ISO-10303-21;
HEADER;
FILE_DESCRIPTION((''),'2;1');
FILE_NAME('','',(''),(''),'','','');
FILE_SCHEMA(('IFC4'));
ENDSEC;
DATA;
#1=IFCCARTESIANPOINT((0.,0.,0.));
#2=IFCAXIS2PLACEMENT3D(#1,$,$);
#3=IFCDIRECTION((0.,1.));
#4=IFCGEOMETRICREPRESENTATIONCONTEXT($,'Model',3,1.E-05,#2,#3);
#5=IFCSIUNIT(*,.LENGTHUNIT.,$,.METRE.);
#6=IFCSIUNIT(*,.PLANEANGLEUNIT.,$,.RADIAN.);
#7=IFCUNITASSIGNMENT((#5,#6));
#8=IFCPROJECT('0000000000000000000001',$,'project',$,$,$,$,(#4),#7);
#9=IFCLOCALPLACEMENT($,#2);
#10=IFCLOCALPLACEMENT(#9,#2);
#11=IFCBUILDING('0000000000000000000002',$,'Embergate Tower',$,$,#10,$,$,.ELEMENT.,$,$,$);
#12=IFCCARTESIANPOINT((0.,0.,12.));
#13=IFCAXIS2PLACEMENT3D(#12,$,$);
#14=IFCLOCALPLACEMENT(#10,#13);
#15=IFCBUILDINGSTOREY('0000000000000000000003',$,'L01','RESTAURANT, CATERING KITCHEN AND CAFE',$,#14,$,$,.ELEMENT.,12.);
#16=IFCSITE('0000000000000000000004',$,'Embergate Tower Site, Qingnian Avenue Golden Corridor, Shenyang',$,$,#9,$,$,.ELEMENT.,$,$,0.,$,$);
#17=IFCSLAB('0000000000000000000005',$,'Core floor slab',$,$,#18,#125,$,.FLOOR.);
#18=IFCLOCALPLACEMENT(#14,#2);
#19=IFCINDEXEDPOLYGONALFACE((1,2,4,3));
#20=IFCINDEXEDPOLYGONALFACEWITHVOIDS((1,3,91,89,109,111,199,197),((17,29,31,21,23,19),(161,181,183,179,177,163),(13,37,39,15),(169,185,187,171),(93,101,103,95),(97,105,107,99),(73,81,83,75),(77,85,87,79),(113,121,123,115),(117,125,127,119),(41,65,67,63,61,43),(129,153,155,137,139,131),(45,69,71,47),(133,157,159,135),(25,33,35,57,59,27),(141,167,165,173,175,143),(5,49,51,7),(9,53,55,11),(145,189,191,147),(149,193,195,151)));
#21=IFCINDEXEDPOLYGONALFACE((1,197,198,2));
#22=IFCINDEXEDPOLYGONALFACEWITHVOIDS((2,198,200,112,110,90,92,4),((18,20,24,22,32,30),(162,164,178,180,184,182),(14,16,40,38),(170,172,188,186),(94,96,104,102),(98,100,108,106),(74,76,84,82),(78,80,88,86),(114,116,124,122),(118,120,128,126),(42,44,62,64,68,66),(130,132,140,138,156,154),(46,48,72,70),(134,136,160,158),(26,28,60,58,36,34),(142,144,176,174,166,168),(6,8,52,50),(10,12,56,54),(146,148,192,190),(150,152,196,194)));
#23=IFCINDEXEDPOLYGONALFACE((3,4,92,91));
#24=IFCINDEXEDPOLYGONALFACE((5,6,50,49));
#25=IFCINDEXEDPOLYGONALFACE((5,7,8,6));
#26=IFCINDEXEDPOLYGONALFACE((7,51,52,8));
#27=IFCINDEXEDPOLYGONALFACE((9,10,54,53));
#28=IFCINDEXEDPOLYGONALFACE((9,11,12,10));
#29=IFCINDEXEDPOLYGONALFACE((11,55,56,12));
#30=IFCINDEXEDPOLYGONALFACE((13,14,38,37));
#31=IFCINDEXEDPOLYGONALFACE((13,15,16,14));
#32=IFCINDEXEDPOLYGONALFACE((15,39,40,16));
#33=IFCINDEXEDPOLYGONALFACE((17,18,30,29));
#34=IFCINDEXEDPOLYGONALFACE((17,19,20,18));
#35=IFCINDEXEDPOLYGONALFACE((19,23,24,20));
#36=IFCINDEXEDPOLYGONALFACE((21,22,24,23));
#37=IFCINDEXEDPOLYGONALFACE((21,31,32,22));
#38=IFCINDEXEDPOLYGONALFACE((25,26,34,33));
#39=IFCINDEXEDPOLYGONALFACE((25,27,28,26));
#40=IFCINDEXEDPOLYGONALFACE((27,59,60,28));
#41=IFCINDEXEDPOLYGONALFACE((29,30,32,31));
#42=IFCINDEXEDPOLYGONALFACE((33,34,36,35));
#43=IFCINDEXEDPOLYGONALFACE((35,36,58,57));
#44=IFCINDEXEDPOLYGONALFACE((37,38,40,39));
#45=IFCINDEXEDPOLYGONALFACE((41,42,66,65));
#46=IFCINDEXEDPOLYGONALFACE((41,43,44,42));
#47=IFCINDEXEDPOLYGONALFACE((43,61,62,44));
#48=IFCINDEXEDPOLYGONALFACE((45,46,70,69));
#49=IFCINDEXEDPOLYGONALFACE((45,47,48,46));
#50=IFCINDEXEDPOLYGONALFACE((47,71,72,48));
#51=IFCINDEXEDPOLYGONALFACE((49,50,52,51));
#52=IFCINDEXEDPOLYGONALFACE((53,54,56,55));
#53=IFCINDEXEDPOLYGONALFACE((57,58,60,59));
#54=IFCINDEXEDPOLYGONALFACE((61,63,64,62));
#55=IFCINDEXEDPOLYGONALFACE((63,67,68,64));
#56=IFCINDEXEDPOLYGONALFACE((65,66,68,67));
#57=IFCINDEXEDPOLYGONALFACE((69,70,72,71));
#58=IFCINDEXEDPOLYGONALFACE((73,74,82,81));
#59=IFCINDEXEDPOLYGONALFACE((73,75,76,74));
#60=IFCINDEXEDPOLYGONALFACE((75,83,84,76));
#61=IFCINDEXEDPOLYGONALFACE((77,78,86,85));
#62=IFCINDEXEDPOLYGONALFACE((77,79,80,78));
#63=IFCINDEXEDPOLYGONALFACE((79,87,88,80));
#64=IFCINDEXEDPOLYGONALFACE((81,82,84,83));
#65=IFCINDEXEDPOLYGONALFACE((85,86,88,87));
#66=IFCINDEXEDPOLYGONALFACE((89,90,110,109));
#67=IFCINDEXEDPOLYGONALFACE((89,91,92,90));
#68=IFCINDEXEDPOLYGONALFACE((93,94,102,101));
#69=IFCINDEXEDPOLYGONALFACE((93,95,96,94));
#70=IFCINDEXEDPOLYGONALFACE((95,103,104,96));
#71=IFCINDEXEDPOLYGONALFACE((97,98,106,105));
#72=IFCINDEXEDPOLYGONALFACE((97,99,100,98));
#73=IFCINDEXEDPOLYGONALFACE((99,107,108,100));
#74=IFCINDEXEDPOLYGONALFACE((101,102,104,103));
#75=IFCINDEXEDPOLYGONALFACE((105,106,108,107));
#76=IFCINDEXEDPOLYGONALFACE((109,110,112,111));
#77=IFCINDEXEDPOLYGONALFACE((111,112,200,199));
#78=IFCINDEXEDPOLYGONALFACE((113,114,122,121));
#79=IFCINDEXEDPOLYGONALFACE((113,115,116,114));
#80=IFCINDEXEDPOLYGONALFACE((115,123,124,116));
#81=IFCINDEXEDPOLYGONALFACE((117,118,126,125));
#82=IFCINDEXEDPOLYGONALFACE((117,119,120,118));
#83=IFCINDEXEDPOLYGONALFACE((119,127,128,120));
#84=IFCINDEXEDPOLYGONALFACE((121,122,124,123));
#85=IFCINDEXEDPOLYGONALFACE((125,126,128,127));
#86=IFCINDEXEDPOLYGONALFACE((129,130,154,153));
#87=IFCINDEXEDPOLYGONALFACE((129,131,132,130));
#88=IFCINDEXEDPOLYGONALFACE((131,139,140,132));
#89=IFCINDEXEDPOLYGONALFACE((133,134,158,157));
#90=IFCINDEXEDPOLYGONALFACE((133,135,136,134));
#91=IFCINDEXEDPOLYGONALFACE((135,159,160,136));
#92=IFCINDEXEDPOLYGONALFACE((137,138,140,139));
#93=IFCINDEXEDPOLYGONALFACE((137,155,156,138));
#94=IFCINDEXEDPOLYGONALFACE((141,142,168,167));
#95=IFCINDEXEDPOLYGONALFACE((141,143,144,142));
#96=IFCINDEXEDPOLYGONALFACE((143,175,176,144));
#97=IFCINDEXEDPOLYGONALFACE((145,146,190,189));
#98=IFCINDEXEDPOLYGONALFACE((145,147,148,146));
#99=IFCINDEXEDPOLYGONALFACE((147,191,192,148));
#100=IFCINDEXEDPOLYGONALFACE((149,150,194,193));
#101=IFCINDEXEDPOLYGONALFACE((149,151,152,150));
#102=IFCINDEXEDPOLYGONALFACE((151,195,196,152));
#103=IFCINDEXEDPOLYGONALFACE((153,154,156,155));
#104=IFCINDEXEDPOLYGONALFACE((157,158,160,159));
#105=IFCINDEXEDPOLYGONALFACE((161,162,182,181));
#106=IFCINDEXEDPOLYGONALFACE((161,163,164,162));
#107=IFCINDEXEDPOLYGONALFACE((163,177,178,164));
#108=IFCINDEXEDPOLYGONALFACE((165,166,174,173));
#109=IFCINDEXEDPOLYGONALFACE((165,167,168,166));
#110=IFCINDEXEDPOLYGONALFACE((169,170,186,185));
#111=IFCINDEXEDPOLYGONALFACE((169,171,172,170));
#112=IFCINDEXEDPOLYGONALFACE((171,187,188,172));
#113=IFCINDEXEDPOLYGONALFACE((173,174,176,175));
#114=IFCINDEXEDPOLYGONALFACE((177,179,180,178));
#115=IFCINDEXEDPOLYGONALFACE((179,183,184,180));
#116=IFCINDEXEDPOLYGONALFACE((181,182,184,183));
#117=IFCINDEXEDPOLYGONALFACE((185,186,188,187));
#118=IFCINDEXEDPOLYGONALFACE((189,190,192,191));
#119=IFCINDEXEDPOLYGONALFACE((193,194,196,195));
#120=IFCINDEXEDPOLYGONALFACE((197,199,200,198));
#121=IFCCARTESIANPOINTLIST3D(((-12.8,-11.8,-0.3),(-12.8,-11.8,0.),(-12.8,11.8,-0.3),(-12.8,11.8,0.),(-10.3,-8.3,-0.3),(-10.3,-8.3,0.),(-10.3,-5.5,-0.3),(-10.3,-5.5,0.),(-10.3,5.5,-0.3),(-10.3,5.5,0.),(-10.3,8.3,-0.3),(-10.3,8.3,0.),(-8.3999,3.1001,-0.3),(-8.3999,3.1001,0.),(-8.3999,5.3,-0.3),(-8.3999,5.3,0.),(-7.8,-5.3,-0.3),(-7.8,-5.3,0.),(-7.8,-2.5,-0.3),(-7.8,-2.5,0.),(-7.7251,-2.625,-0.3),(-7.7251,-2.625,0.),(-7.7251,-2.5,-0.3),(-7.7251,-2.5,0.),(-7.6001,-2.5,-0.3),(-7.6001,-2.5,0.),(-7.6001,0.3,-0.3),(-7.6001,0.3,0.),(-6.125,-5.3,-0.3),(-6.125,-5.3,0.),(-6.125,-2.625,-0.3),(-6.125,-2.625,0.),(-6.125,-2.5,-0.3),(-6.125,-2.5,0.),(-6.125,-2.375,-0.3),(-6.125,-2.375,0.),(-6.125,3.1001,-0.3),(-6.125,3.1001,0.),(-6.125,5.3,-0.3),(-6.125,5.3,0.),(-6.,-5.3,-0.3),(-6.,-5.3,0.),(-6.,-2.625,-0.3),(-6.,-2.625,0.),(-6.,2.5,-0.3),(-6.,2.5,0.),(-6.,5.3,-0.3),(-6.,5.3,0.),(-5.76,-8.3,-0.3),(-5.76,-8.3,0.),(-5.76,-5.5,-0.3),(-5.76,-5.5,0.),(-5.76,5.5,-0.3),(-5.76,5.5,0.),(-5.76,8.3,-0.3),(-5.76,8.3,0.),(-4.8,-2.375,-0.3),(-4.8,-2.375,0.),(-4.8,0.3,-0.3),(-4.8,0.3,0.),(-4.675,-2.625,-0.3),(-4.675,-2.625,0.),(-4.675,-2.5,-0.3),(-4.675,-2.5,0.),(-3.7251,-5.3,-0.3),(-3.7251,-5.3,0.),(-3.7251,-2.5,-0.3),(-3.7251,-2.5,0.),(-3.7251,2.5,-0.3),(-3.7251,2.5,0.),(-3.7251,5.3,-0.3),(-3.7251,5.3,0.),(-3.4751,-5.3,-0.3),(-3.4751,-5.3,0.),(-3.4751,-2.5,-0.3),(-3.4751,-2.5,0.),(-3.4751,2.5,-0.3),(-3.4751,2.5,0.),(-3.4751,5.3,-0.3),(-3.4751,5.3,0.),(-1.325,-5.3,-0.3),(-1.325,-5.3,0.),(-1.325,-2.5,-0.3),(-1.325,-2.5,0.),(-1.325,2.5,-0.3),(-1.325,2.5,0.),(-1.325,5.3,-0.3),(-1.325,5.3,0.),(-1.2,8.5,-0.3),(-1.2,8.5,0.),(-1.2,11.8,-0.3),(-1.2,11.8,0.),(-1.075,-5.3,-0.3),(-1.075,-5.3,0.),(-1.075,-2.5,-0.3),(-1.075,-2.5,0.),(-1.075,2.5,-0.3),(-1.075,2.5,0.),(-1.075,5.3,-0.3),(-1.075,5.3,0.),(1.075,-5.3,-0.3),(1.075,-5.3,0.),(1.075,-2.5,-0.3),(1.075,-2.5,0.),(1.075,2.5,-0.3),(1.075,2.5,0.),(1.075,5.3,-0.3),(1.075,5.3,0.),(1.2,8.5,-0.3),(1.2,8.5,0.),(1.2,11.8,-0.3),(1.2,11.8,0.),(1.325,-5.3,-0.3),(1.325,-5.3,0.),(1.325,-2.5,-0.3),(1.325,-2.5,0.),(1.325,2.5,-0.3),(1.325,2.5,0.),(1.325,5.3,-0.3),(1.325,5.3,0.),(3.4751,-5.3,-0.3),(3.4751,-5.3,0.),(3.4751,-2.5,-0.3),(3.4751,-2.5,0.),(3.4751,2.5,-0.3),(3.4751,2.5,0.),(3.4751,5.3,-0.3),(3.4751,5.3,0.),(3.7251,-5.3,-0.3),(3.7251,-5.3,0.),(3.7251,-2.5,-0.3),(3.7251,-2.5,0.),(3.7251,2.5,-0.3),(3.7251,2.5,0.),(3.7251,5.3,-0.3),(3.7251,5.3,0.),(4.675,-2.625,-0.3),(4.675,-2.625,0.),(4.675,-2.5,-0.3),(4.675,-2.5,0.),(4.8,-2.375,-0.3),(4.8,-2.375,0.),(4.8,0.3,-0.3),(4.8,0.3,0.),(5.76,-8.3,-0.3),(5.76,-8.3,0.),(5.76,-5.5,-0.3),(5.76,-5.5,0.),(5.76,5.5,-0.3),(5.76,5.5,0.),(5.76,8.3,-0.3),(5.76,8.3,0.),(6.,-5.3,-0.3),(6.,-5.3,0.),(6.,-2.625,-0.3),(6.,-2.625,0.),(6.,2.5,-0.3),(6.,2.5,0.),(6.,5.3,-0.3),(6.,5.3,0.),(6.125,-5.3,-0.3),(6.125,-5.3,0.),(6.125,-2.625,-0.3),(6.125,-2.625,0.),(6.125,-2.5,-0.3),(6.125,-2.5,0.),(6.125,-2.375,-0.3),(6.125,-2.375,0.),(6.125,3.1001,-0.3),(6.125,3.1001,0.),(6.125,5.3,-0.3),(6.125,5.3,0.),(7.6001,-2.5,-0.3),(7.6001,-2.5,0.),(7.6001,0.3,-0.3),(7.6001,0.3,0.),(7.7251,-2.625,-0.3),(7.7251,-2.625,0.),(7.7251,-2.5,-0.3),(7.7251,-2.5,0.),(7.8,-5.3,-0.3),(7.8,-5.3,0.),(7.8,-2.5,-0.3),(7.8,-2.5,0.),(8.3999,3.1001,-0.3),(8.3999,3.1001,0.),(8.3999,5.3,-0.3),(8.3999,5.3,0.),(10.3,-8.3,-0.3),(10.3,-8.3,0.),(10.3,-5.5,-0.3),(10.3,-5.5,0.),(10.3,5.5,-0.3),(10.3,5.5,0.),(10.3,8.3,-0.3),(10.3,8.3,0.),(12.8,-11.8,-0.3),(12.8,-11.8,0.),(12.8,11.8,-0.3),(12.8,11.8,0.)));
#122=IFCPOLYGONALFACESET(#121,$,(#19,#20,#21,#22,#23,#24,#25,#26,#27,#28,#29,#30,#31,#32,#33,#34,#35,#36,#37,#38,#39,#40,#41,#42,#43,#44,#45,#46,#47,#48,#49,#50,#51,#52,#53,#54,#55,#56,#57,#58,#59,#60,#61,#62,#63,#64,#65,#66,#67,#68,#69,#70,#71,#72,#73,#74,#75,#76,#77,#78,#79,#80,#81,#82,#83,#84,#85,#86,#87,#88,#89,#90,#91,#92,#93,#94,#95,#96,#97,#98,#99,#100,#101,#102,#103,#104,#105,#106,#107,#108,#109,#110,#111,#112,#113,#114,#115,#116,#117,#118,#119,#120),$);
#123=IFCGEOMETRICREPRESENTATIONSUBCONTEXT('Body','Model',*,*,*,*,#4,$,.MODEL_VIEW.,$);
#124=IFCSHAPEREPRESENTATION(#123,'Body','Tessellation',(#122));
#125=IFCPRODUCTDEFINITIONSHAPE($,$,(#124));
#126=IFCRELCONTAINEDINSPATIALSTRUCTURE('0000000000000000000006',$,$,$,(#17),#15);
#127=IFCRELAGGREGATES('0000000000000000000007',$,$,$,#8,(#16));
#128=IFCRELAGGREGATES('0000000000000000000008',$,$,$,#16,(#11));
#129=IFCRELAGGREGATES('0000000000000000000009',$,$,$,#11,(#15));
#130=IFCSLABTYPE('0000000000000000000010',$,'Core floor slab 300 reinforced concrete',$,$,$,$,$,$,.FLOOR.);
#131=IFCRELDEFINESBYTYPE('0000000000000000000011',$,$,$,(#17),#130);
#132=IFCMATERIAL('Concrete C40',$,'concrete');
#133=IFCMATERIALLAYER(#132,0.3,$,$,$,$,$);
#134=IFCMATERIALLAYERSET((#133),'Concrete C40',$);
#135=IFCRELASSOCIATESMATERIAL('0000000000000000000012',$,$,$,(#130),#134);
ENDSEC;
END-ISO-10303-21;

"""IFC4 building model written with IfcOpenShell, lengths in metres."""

from ifc_helpers import new_model, si_unit, direction, frame, origin, place, context, subcontext, project, spatial, polyline, outline, extrude, source, transform, mapped, material, layer, layer_set, type_object, element, save


model = new_model("IFC4")

# Units and contexts
model_context = context("Model", 3, precision=1e-05, world=origin(), true_north=direction((0.0, 1.0)))
body_context = subcontext(model_context, "Body", "Model", "MODEL_VIEW")
ifc_project = project(units=[si_unit("LENGTHUNIT", "METRE"), si_unit("PLANEANGLEUNIT", "RADIAN")], contexts=[model_context])

# Site, building, storey
site_placement = place(None, origin())
site = spatial("IfcSite", under=ifc_project, at=site_placement, Name="Embergate Tower Site, Qingnian Avenue Golden Corridor, Shenyang", CompositionType="ELEMENT", RefElevation=0.0)
building_placement = place(site_placement, origin())
building = spatial("IfcBuilding", under=site, at=building_placement, Name="Embergate Tower", CompositionType="ELEMENT")
storey_placement = place(building_placement, frame((0.0, 0.0, 12.0)))
storey = spatial("IfcBuildingStorey", under=building, at=storey_placement, Name="L01", Description="RESTAURANT, CATERING KITCHEN AND CAFE", CompositionType="ELEMENT", Elevation=12.0)

# Slab
ifc_material_1 = material(Name="Concrete C40", Category="concrete")
ifc_layer_1 = layer(ifc_material_1, 0.3)
ifc_layer_set_1 = layer_set([ifc_layer_1], Name="Concrete C40")
slab_type_1 = type_object("IfcSlabType", Name="Core floor slab 300 reinforced concrete", PredefinedType="FLOOR", material=ifc_layer_set_1)
shared_shape_1 = source(origin(), body_context, "Body", "SweptSolid", [
    extrude(outline(polyline([(0.0, 0.0), (25.6001, 0.0), (25.6001, 23.6001), (14.0, 23.6001), (14.0, 20.3), (11.6001, 20.3), (11.6001, 23.6001), (0.0, 23.6001), (0.0, 0.0)]), holes=[polyline([(2.5, 3.5), (2.5, 6.3), (7.04, 6.3), (7.04, 3.5), (2.5, 3.5)]), polyline([(18.5601, 3.5), (18.5601, 6.3), (23.1001, 6.3), (23.1001, 3.5), (18.5601, 3.5)]), polyline([(5.0, 6.5), (5.0, 9.3), (5.075, 9.3), (5.075, 9.175), (6.675, 9.175), (6.675, 6.5), (5.0, 6.5)]), polyline([(6.8, 6.5), (6.8, 9.175), (8.125, 9.175), (8.125, 9.3), (9.075, 9.3), (9.075, 6.5), (6.8, 6.5)]), polyline([(9.325, 6.5), (9.325, 9.3), (11.4751, 9.3), (11.4751, 6.5), (9.325, 6.5)]), polyline([(11.7251, 6.5), (11.7251, 9.3), (13.875, 9.3), (13.875, 6.5), (11.7251, 6.5)]), polyline([(14.125, 6.5), (14.125, 9.3), (16.2751, 9.3), (16.2751, 6.5), (14.125, 6.5)]), polyline([(16.5251, 6.5), (16.5251, 9.3), (17.4751, 9.3), (17.4751, 9.175), (18.8, 9.175), (18.8, 6.5), (16.5251, 6.5)]), polyline([(18.925, 6.5), (18.925, 9.175), (20.5251, 9.175), (20.5251, 9.3), (20.6001, 9.3), (20.6001, 6.5), (18.925, 6.5)]), polyline([(5.2, 9.3), (5.2, 12.1001), (8.0, 12.1001), (8.0, 9.425), (6.675, 9.425), (6.675, 9.3), (5.2, 9.3)]), polyline([(18.925, 9.3), (18.925, 9.425), (17.6001, 9.425), (17.6001, 12.1001), (20.4001, 12.1001), (20.4001, 9.3), (18.925, 9.3)]), polyline([(6.8, 14.3), (6.8, 17.1001), (9.075, 17.1001), (9.075, 14.3), (6.8, 14.3)]), polyline([(9.325, 14.3), (9.325, 17.1001), (11.4751, 17.1001), (11.4751, 14.3), (9.325, 14.3)]), polyline([(11.7251, 14.3), (11.7251, 17.1001), (13.875, 17.1001), (13.875, 14.3), (11.7251, 14.3)]), polyline([(14.125, 14.3), (14.125, 17.1001), (16.2751, 17.1001), (16.2751, 14.3), (14.125, 14.3)]), polyline([(16.5251, 14.3), (16.5251, 17.1001), (18.8, 17.1001), (18.8, 14.3), (16.5251, 14.3)]), polyline([(4.4001, 14.9001), (4.4001, 17.1001), (6.675, 17.1001), (6.675, 14.9001), (4.4001, 14.9001)]), polyline([(18.925, 14.9001), (18.925, 17.1001), (21.2, 17.1001), (21.2, 14.9001), (18.925, 14.9001)]), polyline([(2.5, 17.3), (2.5, 20.1001), (7.04, 20.1001), (7.04, 17.3), (2.5, 17.3)]), polyline([(18.5601, 17.3), (18.5601, 20.1001), (23.1001, 20.1001), (23.1001, 17.3), (18.5601, 17.3)])]), origin(), (0.0, 0.0, 1.0), 0.3),
])
slab_1_placement = place(storey_placement, frame((-12.8, -11.8, -0.3)))
element("IfcSlab", 1, at=slab_1_placement, inside=storey, type_object=slab_type_1, Name="Core floor slab", PredefinedType="FLOOR", context=body_context, shape_type="MappedRepresentation", body=[
    mapped(shared_shape_1, transform((0.0, 0.0, 0.0))),
])

save(model, "model.ifc")
